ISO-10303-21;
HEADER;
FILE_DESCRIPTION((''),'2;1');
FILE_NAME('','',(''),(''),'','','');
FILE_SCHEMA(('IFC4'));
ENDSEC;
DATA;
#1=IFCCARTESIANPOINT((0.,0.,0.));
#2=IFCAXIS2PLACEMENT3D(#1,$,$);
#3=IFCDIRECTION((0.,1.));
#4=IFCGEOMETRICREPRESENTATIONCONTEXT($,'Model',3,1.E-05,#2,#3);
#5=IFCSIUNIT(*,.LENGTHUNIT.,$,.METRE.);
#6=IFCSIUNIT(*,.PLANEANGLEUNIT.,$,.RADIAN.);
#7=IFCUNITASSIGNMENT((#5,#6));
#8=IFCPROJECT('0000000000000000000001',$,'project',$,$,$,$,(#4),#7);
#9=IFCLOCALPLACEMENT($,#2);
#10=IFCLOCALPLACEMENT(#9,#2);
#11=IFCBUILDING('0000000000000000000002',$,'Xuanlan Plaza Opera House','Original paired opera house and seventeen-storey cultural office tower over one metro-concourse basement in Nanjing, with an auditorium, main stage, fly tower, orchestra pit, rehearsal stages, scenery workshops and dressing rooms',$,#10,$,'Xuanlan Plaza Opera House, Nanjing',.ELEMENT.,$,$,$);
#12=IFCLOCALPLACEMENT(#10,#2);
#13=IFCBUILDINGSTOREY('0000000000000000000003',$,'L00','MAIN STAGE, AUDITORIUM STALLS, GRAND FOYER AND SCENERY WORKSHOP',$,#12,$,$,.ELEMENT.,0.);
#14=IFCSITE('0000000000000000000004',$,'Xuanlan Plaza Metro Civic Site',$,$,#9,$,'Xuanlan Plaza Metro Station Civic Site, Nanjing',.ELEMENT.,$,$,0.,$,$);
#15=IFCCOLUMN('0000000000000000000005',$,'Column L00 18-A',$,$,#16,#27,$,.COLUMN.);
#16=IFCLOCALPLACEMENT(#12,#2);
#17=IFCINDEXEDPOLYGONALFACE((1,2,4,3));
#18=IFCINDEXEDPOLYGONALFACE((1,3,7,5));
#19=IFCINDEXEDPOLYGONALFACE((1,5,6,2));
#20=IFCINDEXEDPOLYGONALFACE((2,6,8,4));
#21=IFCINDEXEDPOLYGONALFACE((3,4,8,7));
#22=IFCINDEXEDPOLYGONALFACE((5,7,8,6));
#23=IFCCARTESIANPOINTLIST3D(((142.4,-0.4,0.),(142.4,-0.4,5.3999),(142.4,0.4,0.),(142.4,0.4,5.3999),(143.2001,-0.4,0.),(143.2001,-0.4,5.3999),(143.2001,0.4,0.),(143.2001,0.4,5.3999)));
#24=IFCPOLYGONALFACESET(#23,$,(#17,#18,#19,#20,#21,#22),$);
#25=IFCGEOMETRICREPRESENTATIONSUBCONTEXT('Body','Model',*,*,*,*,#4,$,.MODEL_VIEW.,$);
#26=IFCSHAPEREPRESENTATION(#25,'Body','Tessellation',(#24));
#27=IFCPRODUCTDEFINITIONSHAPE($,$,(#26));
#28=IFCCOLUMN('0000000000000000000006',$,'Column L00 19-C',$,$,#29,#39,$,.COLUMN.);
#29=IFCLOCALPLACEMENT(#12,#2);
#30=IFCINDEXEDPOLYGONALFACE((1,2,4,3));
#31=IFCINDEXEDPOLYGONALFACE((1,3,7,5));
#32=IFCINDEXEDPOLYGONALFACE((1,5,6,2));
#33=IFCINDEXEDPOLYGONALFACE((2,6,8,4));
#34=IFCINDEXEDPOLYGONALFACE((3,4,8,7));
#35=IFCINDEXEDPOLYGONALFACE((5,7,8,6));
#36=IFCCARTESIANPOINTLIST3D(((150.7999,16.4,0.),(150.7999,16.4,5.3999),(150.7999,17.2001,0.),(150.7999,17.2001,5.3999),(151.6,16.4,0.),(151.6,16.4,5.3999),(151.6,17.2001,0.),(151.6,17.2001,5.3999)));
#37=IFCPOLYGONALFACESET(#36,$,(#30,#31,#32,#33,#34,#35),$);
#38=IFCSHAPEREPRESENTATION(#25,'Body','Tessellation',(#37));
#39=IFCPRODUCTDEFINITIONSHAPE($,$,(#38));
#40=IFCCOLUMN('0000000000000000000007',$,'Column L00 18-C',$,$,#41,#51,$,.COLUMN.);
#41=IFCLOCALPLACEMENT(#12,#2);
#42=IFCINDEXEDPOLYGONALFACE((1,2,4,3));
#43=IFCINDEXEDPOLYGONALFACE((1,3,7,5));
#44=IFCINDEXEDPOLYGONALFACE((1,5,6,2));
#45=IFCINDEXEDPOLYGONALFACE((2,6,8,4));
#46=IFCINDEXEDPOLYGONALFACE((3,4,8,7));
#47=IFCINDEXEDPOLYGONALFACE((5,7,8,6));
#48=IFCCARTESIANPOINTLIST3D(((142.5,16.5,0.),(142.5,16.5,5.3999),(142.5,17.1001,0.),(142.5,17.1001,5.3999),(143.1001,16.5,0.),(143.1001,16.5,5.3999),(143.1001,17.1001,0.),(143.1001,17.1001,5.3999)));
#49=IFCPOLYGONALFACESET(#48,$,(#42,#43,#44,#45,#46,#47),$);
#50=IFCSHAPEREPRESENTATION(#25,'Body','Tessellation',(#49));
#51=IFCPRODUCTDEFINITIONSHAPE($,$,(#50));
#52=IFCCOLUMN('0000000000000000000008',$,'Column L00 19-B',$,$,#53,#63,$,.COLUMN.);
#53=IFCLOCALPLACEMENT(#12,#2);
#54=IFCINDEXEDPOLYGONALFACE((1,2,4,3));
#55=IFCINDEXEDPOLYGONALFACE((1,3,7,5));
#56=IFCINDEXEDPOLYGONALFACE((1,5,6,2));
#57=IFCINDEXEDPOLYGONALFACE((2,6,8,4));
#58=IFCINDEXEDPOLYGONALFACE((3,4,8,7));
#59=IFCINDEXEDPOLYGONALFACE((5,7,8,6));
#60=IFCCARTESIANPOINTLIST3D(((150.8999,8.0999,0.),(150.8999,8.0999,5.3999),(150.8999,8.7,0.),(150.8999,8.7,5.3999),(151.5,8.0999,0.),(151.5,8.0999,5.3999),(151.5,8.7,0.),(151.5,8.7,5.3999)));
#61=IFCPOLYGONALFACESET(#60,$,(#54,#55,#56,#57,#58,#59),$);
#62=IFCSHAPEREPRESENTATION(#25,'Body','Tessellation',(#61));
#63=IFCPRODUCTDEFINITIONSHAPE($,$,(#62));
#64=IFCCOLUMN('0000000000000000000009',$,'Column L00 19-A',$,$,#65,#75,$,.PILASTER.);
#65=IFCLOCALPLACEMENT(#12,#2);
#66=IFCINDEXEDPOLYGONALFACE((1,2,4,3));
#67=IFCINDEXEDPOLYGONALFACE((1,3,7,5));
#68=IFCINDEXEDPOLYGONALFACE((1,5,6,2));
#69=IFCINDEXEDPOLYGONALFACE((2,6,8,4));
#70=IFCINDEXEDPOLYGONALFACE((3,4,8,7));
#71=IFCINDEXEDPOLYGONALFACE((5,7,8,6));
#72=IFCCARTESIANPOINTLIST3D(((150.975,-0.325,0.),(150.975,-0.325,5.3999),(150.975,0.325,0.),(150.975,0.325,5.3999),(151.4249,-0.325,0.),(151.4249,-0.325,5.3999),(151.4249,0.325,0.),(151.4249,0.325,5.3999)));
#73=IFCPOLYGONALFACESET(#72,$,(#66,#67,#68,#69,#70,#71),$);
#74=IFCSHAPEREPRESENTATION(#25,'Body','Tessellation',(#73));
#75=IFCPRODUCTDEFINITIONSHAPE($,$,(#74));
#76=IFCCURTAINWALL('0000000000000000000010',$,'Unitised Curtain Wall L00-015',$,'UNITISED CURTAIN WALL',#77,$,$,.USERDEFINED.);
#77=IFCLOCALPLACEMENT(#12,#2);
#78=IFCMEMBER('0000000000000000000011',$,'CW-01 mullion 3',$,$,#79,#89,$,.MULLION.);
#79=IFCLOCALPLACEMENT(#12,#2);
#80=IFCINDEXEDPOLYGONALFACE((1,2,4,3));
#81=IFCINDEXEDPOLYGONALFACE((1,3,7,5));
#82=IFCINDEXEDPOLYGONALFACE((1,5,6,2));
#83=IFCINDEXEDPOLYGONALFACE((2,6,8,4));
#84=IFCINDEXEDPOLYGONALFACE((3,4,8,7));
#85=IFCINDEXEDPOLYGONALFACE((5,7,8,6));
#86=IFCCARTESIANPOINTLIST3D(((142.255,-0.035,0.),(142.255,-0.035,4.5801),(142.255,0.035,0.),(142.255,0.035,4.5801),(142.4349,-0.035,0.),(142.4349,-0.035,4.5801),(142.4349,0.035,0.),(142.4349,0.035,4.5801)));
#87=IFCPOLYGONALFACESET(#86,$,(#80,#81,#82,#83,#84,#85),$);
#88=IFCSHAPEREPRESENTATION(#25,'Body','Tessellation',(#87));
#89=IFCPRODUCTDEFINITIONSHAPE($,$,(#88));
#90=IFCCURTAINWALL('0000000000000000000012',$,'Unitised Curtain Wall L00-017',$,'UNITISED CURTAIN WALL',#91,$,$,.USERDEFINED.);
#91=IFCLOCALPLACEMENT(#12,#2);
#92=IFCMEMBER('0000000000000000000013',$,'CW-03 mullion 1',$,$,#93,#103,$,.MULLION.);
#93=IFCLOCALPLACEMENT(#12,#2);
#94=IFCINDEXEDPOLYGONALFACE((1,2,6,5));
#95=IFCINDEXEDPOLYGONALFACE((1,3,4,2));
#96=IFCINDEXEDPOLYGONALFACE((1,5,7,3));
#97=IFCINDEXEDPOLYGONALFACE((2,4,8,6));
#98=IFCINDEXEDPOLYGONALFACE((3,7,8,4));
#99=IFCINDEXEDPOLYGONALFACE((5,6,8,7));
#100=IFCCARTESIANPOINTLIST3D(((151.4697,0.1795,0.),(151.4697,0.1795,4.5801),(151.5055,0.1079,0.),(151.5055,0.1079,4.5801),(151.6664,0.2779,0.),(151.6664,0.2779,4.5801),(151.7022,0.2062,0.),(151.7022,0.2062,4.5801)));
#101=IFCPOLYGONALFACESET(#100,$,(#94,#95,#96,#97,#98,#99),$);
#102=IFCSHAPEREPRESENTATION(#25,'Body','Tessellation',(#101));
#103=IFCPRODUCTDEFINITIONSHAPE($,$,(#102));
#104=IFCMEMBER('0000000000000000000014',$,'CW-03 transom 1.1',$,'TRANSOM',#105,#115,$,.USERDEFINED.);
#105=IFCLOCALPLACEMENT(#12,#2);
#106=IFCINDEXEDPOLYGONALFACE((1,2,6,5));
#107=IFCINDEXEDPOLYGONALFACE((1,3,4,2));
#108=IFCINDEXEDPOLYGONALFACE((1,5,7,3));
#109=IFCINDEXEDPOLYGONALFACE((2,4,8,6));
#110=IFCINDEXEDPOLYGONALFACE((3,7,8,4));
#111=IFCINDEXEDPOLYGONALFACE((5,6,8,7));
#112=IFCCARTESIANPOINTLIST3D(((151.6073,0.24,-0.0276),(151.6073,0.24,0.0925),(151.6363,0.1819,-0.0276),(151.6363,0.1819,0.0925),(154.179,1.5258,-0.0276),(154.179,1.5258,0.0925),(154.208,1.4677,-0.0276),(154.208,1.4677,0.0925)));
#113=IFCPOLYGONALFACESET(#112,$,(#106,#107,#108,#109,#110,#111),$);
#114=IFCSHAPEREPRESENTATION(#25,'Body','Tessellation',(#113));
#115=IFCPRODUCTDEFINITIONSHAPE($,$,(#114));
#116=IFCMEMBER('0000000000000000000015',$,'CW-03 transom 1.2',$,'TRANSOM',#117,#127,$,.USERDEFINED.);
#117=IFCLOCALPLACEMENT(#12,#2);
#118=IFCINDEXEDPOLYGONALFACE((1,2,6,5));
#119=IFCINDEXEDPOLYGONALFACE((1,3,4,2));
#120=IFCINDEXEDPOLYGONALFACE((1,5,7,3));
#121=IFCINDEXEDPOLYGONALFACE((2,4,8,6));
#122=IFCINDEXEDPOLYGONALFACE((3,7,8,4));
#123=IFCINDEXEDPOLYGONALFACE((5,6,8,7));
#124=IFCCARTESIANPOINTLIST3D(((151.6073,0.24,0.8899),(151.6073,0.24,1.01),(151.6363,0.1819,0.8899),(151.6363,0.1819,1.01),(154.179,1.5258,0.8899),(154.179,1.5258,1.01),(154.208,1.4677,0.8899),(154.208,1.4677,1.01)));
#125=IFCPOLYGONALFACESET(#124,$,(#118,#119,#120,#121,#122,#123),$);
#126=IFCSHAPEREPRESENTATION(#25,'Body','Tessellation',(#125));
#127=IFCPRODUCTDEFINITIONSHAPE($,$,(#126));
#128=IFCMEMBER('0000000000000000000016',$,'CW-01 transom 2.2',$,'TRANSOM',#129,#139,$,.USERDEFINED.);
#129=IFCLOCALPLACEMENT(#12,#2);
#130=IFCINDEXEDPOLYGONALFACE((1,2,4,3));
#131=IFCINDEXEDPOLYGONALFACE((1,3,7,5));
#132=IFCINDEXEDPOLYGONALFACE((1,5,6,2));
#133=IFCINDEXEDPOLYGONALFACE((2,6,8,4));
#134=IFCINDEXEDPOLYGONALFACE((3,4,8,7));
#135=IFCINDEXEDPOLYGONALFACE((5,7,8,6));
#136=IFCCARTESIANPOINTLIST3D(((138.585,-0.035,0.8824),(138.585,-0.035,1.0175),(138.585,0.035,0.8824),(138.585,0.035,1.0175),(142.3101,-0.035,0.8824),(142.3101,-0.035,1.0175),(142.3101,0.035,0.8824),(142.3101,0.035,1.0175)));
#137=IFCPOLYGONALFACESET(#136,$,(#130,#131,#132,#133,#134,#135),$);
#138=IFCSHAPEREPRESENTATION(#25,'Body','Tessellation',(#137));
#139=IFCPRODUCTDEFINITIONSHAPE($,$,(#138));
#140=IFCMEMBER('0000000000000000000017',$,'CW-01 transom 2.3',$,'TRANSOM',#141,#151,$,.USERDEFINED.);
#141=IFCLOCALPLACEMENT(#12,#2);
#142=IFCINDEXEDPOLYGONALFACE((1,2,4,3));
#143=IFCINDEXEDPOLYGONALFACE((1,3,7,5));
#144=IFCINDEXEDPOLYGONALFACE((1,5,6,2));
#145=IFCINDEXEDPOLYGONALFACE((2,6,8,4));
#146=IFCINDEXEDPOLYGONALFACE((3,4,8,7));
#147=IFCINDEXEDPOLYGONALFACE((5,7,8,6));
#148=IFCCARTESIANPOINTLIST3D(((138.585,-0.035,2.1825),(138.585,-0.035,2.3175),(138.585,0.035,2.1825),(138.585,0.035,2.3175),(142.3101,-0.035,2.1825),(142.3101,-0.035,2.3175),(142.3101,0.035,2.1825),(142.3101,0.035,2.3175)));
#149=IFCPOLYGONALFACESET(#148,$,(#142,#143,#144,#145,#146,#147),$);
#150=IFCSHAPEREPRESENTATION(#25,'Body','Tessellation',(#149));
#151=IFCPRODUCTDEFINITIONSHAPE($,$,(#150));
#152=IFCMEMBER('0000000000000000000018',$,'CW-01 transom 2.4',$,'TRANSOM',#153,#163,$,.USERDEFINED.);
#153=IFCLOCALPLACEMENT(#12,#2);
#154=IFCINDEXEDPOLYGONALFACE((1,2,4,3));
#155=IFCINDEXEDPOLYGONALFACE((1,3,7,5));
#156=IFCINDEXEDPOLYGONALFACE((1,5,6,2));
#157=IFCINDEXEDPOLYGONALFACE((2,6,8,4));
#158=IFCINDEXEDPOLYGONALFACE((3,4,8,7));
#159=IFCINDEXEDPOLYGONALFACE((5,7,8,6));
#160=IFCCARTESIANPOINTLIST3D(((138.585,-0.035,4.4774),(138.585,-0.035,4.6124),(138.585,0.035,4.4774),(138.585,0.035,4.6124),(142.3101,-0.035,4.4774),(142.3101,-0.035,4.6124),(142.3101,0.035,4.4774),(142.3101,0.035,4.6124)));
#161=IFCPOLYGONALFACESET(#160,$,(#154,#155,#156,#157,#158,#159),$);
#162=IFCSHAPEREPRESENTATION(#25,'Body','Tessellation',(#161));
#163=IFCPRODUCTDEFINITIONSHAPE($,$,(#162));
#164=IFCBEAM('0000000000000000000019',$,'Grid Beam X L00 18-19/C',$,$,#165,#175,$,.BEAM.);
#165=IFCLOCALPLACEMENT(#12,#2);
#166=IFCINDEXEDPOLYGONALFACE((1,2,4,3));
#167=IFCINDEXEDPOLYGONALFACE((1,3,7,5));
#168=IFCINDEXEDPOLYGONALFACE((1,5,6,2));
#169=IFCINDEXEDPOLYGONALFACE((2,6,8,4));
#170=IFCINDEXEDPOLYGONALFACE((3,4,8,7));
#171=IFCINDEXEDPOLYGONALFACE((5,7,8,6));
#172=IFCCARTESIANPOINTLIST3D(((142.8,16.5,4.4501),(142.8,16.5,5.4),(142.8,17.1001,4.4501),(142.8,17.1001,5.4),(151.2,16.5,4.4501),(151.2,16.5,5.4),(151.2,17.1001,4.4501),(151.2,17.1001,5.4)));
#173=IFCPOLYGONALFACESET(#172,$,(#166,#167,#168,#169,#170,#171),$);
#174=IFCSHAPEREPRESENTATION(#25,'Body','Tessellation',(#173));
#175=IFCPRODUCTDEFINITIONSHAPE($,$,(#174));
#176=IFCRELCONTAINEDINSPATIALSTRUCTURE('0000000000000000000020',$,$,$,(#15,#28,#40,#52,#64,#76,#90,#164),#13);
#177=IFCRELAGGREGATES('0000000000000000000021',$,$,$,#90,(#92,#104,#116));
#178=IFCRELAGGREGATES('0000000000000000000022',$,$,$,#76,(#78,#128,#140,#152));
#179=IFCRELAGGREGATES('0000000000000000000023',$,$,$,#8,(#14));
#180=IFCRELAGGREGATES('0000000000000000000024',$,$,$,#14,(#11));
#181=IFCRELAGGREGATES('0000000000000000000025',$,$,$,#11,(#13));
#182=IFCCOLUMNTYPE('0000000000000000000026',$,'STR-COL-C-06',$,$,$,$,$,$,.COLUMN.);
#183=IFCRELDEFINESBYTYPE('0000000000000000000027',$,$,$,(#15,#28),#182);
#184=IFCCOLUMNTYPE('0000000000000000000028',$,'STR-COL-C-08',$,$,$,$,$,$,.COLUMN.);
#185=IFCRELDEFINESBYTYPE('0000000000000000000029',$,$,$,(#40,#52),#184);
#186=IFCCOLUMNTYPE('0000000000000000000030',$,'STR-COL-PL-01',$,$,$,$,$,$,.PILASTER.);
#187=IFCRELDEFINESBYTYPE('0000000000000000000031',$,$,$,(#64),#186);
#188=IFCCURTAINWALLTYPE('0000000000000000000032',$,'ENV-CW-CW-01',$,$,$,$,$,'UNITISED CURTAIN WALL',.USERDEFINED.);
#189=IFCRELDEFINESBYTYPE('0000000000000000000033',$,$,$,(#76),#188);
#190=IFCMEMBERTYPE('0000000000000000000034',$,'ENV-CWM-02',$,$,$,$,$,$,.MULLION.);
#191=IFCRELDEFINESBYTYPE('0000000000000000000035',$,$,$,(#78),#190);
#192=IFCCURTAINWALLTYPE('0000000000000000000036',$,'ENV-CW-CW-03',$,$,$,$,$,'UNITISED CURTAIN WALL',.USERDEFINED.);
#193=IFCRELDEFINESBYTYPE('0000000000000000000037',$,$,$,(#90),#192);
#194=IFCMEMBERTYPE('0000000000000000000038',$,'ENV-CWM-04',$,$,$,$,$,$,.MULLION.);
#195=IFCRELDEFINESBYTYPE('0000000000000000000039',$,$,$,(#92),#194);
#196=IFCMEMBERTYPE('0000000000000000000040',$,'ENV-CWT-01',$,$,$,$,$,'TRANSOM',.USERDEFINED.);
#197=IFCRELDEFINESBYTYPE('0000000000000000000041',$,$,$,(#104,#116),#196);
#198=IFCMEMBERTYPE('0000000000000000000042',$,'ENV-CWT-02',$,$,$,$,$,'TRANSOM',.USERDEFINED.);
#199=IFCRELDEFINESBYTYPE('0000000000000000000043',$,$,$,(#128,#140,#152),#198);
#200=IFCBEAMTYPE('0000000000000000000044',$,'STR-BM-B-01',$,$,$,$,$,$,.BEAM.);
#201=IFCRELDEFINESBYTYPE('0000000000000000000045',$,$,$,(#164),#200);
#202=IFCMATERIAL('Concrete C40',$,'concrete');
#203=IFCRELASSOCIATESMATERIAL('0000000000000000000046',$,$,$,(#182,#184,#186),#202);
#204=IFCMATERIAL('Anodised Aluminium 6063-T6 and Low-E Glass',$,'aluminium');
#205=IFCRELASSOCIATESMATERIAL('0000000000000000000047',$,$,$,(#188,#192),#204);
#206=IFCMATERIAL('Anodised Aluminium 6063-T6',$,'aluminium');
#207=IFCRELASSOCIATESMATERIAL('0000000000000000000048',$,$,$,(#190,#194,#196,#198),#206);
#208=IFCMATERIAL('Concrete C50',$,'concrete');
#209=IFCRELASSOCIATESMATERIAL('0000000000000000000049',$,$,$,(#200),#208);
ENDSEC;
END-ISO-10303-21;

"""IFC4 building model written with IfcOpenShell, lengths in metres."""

from ifc_helpers import new_model, si_unit, direction, frame, origin, origin_2d, place, context, subcontext, project, spatial, rectangle, extrude, material, material_profile, profile_set, type_object, element, aggregate, save


model = new_model("IFC4")

# Units and contexts
model_context = context("Model", 3, precision=1e-05, world=origin(), true_north=direction((0.0, 1.0)))
body_context = subcontext(model_context, "Body", "Model", "MODEL_VIEW")
ifc_project = project(units=[si_unit("LENGTHUNIT", "METRE"), si_unit("PLANEANGLEUNIT", "RADIAN")], contexts=[model_context])

# Site, building, storey
site_placement = place(None, origin())
site = spatial("IfcSite", under=ifc_project, at=site_placement, Name="Xuanlan Plaza Metro Civic Site", LongName="Xuanlan Plaza Metro Station Civic Site, Nanjing", CompositionType="ELEMENT", RefElevation=0.0)
building_placement = place(site_placement, origin())
building = spatial("IfcBuilding", under=site, at=building_placement, Name="Xuanlan Plaza Opera House", Description="Original paired opera house and seventeen-storey cultural office tower over one metro-concourse basement in Nanjing, with an auditorium, main stage, fly tower, orchestra pit, rehearsal stages, scenery workshops and dressing rooms", LongName="Xuanlan Plaza Opera House, Nanjing", CompositionType="ELEMENT")
storey_placement = place(building_placement, origin())
storey = spatial("IfcBuildingStorey", under=building, at=storey_placement, Name="L00", Description="MAIN STAGE, AUDITORIUM STALLS, GRAND FOYER AND SCENERY WORKSHOP", CompositionType="ELEMENT", Elevation=0.0)

# Columns
ifc_material_1 = material(Name="Concrete C40", Category="concrete")
ifc_material_profile_1 = material_profile(ifc_material_1, rectangle(XDim=0.8, YDim=0.8, at=origin_2d()), Name="RC-COL 800x800")
ifc_profile_set_1 = profile_set([ifc_material_profile_1], Name="Concrete C40")
column_type_1 = type_object("IfcColumnType", Name="STR-COL-C-06", PredefinedType="COLUMN", material=ifc_profile_set_1)
for number, where, z_axis, x_axis, name in (
    (1, (142.8, 0.0, 0.0), (0.0, 0.0, 1.0), (1.0, 0.0, 0.0), "Column L00 18-A"),
    (2, (151.2, 16.8, 0.0), (0.0, 0.0, 1.0), (1.0, 0.0, 0.0), "Column L00 19-C"),
):
    element("IfcColumn", number, at=place(storey_placement, frame(where, z_axis=z_axis, x_axis=x_axis)), inside=storey, type_object=column_type_1, Name=name, PredefinedType="COLUMN", context=body_context, shape_type="SweptSolid", body=[
        extrude(rectangle(XDim=0.8, YDim=0.8, at=origin_2d()), origin(), (0.0, 0.0, 1.0), 5.3999),
    ])
ifc_material_profile_2 = material_profile(ifc_material_1, rectangle(XDim=0.6001, YDim=0.6001, at=origin_2d()), Name="RC-COL 600x600")
ifc_profile_set_2 = profile_set([ifc_material_profile_2], Name="Concrete C40")
column_type_2 = type_object("IfcColumnType", Name="STR-COL-C-08", PredefinedType="COLUMN", material=ifc_profile_set_2)
for number, where, z_axis, x_axis, name in (
    (3, (142.8, 16.8, 0.0), (0.0, 0.0, 1.0), (1.0, 0.0, 0.0), "Column L00 18-C"),
    (4, (151.2, 8.3999, 0.0), (0.0, 0.0, 1.0), (1.0, 0.0, 0.0), "Column L00 19-B"),
):
    element("IfcColumn", number, at=place(storey_placement, frame(where, z_axis=z_axis, x_axis=x_axis)), inside=storey, type_object=column_type_2, Name=name, PredefinedType="COLUMN", context=body_context, shape_type="SweptSolid", body=[
        extrude(rectangle(XDim=0.6001, YDim=0.6001, at=origin_2d()), origin(), (0.0, 0.0, 1.0), 5.3999),
    ])
ifc_material_profile_3 = material_profile(ifc_material_1, rectangle(XDim=0.45, YDim=0.6499, at=origin_2d()), Name="RC-PIL 450x650")
ifc_profile_set_3 = profile_set([ifc_material_profile_3], Name="Concrete C40")
column_type_3 = type_object("IfcColumnType", Name="STR-COL-PL-01", PredefinedType="PILASTER", material=ifc_profile_set_3)
column_placement = place(storey_placement, frame((151.2, 0.0, 0.0), z_axis=(0.0, 0.0, 1.0), x_axis=(1.0, 0.0, 0.0)))
element("IfcColumn", 5, at=column_placement, inside=storey, type_object=column_type_3, Name="Column L00 19-A", PredefinedType="PILASTER", context=body_context, shape_type="SweptSolid", body=[
    extrude(rectangle(XDim=0.45, YDim=0.6499, at=origin_2d()), origin(), (0.0, 0.0, 1.0), 5.3999),
])

# Curtain wall, member
ifc_material_2 = material(Name="Anodised Aluminium 6063-T6 and Low-E Glass", Category="aluminium")
curtain_wall_type_1 = type_object("IfcCurtainWallType", Name="ENV-CW-CW-01", ElementType="UNITISED CURTAIN WALL", PredefinedType="USERDEFINED", material=ifc_material_2)
curtain_wall_1_placement = place(storey_placement, origin())
curtain_wall_1 = element("IfcCurtainWall", 6, at=curtain_wall_1_placement, inside=storey, type_object=curtain_wall_type_1, Name="Unitised Curtain Wall L00-015", ObjectType="UNITISED CURTAIN WALL", PredefinedType="USERDEFINED")
ifc_material_3 = material(Name="Anodised Aluminium 6063-T6", Category="aluminium")
ifc_material_profile_4 = material_profile(ifc_material_3, rectangle(XDim=0.0701, YDim=0.1799, at=origin_2d()), Name="ALU-M 70x180")
ifc_profile_set_4 = profile_set([ifc_material_profile_4], Name="Anodised Aluminium 6063-T6")
member_type_1 = type_object("IfcMemberType", Name="ENV-CWM-02", PredefinedType="MULLION", material=ifc_profile_set_4)
member_1_placement = place(storey_placement, frame((142.345, 0.0, 0.0), z_axis=(0.0, 0.0, 1.0), x_axis=(0.0, 1.0, 0.0)))
member_1 = element("IfcMember", 7, at=member_1_placement, type_object=member_type_1, Name="CW-01 mullion 3", PredefinedType="MULLION", context=body_context, shape_type="SweptSolid", body=[
    extrude(rectangle(XDim=0.0701, YDim=0.1799, at=origin_2d()), origin(), (0.0, 0.0, 1.0), 4.5801),
])

# Curtain wall, members
curtain_wall_type_2 = type_object("IfcCurtainWallType", Name="ENV-CW-CW-03", ElementType="UNITISED CURTAIN WALL", PredefinedType="USERDEFINED", material=ifc_material_2)
curtain_wall_2_placement = place(storey_placement, origin())
curtain_wall_2 = element("IfcCurtainWall", 8, at=curtain_wall_2_placement, inside=storey, type_object=curtain_wall_type_2, Name="Unitised Curtain Wall L00-017", ObjectType="UNITISED CURTAIN WALL", PredefinedType="USERDEFINED")
ifc_material_profile_5 = material_profile(ifc_material_3, rectangle(XDim=0.0801, YDim=0.22, at=origin_2d()), Name="ALU-M 80x220")
ifc_profile_set_5 = profile_set([ifc_material_profile_5], Name="Anodised Aluminium 6063-T6")
member_type_2 = type_object("IfcMemberType", Name="ENV-CWM-04", PredefinedType="MULLION", material=ifc_profile_set_5)
member_2_placement = place(storey_placement, frame((151.5859, 0.1929, 0.0), z_axis=(0.0, 0.0, 1.0), x_axis=(-0.447214, 0.894427, 0.0)))
member_2 = element("IfcMember", 9, at=member_2_placement, type_object=member_type_2, Name="CW-03 mullion 1", PredefinedType="MULLION", context=body_context, shape_type="SweptSolid", body=[
    extrude(rectangle(XDim=0.0801, YDim=0.22, at=origin_2d()), origin(), (0.0, 0.0, 1.0), 4.5801),
])
ifc_material_profile_6 = material_profile(ifc_material_3, rectangle(XDim=0.0649, YDim=0.1201, at=origin_2d()), Name="ALU-T 65x120")
ifc_profile_set_6 = profile_set([ifc_material_profile_6], Name="Anodised Aluminium 6063-T6")
member_type_3 = type_object("IfcMemberType", Name="ENV-CWT-01", ElementType="TRANSOM", PredefinedType="USERDEFINED", material=ifc_profile_set_6)
member_3_placement = place(storey_placement, frame((151.6218, 0.2109, 0.0325), z_axis=(0.894427, 0.447214, 0.0), x_axis=(-0.447214, 0.894427, 0.0)))
member_3 = element("IfcMember", 10, at=member_3_placement, type_object=member_type_3, Name="CW-03 transom 1.1", ObjectType="TRANSOM", PredefinedType="USERDEFINED", context=body_context, shape_type="SweptSolid", body=[
    extrude(rectangle(XDim=0.0649, YDim=0.1201, at=origin_2d()), origin(), (0.0, 0.0, 1.0), 2.8752),
])
member_4_placement = place(storey_placement, frame((151.6218, 0.2109, 0.95), z_axis=(0.894427, 0.447214, 0.0), x_axis=(-0.447214, 0.894427, 0.0)))
member_4 = element("IfcMember", 11, at=member_4_placement, type_object=member_type_3, Name="CW-03 transom 1.2", ObjectType="TRANSOM", PredefinedType="USERDEFINED", context=body_context, shape_type="SweptSolid", body=[
    extrude(rectangle(XDim=0.0649, YDim=0.1201, at=origin_2d()), origin(), (0.0, 0.0, 1.0), 2.8752),
])
aggregate(curtain_wall_2, [member_2, member_3, member_4])

# Members
ifc_material_profile_7 = material_profile(ifc_material_3, rectangle(XDim=0.0701, YDim=0.135, at=origin_2d()), Name="ALU-T 70x135")
ifc_profile_set_7 = profile_set([ifc_material_profile_7], Name="Anodised Aluminium 6063-T6")
member_type_4 = type_object("IfcMemberType", Name="ENV-CWT-02", ElementType="TRANSOM", PredefinedType="USERDEFINED", material=ifc_profile_set_7)
member_5_placement = place(storey_placement, frame((138.585, 0.0, 0.95), z_axis=(1.0, 0.0, 0.0), x_axis=(0.0, 1.0, 0.0)))
member_5 = element("IfcMember", 12, at=member_5_placement, type_object=member_type_4, Name="CW-01 transom 2.2", ObjectType="TRANSOM", PredefinedType="USERDEFINED", context=body_context, shape_type="SweptSolid", body=[
    extrude(rectangle(XDim=0.0701, YDim=0.135, at=origin_2d()), origin(), (0.0, 0.0, 1.0), 3.7251),
])
member_6_placement = place(storey_placement, frame((138.585, 0.0, 2.25), z_axis=(1.0, 0.0, 0.0), x_axis=(0.0, 1.0, 0.0)))
member_6 = element("IfcMember", 13, at=member_6_placement, type_object=member_type_4, Name="CW-01 transom 2.3", ObjectType="TRANSOM", PredefinedType="USERDEFINED", context=body_context, shape_type="SweptSolid", body=[
    extrude(rectangle(XDim=0.0701, YDim=0.135, at=origin_2d()), origin(), (0.0, 0.0, 1.0), 3.7251),
])
member_7_placement = place(storey_placement, frame((138.585, 0.0, 4.5449), z_axis=(1.0, 0.0, 0.0), x_axis=(0.0, 1.0, 0.0)))
member_7 = element("IfcMember", 14, at=member_7_placement, type_object=member_type_4, Name="CW-01 transom 2.4", ObjectType="TRANSOM", PredefinedType="USERDEFINED", context=body_context, shape_type="SweptSolid", body=[
    extrude(rectangle(XDim=0.0701, YDim=0.135, at=origin_2d()), origin(), (0.0, 0.0, 1.0), 3.7251),
])

# Beam
ifc_material_4 = material(Name="Concrete C50", Category="concrete")
ifc_material_profile_8 = material_profile(ifc_material_4, rectangle(XDim=0.6001, YDim=0.95, at=origin_2d()), Name="RC-BM 600x950")
ifc_profile_set_8 = profile_set([ifc_material_profile_8], Name="Concrete C50")
beam_type_1 = type_object("IfcBeamType", Name="STR-BM-B-01", PredefinedType="BEAM", material=ifc_profile_set_8)
beam_1_placement = place(storey_placement, frame((142.8, 16.8, 4.925), z_axis=(1.0, 0.0, 0.0), x_axis=(0.0, 1.0, 0.0)))
element("IfcBeam", 15, at=beam_1_placement, inside=storey, type_object=beam_type_1, Name="Grid Beam X L00 18-19/C", PredefinedType="BEAM", context=body_context, shape_type="SweptSolid", body=[
    extrude(rectangle(XDim=0.6001, YDim=0.95, at=origin_2d()), origin(), (0.0, 0.0, 1.0), 8.3999),
])

aggregate(curtain_wall_1, [member_1, member_5, member_6, member_7])

save(model, "model.ifc")
